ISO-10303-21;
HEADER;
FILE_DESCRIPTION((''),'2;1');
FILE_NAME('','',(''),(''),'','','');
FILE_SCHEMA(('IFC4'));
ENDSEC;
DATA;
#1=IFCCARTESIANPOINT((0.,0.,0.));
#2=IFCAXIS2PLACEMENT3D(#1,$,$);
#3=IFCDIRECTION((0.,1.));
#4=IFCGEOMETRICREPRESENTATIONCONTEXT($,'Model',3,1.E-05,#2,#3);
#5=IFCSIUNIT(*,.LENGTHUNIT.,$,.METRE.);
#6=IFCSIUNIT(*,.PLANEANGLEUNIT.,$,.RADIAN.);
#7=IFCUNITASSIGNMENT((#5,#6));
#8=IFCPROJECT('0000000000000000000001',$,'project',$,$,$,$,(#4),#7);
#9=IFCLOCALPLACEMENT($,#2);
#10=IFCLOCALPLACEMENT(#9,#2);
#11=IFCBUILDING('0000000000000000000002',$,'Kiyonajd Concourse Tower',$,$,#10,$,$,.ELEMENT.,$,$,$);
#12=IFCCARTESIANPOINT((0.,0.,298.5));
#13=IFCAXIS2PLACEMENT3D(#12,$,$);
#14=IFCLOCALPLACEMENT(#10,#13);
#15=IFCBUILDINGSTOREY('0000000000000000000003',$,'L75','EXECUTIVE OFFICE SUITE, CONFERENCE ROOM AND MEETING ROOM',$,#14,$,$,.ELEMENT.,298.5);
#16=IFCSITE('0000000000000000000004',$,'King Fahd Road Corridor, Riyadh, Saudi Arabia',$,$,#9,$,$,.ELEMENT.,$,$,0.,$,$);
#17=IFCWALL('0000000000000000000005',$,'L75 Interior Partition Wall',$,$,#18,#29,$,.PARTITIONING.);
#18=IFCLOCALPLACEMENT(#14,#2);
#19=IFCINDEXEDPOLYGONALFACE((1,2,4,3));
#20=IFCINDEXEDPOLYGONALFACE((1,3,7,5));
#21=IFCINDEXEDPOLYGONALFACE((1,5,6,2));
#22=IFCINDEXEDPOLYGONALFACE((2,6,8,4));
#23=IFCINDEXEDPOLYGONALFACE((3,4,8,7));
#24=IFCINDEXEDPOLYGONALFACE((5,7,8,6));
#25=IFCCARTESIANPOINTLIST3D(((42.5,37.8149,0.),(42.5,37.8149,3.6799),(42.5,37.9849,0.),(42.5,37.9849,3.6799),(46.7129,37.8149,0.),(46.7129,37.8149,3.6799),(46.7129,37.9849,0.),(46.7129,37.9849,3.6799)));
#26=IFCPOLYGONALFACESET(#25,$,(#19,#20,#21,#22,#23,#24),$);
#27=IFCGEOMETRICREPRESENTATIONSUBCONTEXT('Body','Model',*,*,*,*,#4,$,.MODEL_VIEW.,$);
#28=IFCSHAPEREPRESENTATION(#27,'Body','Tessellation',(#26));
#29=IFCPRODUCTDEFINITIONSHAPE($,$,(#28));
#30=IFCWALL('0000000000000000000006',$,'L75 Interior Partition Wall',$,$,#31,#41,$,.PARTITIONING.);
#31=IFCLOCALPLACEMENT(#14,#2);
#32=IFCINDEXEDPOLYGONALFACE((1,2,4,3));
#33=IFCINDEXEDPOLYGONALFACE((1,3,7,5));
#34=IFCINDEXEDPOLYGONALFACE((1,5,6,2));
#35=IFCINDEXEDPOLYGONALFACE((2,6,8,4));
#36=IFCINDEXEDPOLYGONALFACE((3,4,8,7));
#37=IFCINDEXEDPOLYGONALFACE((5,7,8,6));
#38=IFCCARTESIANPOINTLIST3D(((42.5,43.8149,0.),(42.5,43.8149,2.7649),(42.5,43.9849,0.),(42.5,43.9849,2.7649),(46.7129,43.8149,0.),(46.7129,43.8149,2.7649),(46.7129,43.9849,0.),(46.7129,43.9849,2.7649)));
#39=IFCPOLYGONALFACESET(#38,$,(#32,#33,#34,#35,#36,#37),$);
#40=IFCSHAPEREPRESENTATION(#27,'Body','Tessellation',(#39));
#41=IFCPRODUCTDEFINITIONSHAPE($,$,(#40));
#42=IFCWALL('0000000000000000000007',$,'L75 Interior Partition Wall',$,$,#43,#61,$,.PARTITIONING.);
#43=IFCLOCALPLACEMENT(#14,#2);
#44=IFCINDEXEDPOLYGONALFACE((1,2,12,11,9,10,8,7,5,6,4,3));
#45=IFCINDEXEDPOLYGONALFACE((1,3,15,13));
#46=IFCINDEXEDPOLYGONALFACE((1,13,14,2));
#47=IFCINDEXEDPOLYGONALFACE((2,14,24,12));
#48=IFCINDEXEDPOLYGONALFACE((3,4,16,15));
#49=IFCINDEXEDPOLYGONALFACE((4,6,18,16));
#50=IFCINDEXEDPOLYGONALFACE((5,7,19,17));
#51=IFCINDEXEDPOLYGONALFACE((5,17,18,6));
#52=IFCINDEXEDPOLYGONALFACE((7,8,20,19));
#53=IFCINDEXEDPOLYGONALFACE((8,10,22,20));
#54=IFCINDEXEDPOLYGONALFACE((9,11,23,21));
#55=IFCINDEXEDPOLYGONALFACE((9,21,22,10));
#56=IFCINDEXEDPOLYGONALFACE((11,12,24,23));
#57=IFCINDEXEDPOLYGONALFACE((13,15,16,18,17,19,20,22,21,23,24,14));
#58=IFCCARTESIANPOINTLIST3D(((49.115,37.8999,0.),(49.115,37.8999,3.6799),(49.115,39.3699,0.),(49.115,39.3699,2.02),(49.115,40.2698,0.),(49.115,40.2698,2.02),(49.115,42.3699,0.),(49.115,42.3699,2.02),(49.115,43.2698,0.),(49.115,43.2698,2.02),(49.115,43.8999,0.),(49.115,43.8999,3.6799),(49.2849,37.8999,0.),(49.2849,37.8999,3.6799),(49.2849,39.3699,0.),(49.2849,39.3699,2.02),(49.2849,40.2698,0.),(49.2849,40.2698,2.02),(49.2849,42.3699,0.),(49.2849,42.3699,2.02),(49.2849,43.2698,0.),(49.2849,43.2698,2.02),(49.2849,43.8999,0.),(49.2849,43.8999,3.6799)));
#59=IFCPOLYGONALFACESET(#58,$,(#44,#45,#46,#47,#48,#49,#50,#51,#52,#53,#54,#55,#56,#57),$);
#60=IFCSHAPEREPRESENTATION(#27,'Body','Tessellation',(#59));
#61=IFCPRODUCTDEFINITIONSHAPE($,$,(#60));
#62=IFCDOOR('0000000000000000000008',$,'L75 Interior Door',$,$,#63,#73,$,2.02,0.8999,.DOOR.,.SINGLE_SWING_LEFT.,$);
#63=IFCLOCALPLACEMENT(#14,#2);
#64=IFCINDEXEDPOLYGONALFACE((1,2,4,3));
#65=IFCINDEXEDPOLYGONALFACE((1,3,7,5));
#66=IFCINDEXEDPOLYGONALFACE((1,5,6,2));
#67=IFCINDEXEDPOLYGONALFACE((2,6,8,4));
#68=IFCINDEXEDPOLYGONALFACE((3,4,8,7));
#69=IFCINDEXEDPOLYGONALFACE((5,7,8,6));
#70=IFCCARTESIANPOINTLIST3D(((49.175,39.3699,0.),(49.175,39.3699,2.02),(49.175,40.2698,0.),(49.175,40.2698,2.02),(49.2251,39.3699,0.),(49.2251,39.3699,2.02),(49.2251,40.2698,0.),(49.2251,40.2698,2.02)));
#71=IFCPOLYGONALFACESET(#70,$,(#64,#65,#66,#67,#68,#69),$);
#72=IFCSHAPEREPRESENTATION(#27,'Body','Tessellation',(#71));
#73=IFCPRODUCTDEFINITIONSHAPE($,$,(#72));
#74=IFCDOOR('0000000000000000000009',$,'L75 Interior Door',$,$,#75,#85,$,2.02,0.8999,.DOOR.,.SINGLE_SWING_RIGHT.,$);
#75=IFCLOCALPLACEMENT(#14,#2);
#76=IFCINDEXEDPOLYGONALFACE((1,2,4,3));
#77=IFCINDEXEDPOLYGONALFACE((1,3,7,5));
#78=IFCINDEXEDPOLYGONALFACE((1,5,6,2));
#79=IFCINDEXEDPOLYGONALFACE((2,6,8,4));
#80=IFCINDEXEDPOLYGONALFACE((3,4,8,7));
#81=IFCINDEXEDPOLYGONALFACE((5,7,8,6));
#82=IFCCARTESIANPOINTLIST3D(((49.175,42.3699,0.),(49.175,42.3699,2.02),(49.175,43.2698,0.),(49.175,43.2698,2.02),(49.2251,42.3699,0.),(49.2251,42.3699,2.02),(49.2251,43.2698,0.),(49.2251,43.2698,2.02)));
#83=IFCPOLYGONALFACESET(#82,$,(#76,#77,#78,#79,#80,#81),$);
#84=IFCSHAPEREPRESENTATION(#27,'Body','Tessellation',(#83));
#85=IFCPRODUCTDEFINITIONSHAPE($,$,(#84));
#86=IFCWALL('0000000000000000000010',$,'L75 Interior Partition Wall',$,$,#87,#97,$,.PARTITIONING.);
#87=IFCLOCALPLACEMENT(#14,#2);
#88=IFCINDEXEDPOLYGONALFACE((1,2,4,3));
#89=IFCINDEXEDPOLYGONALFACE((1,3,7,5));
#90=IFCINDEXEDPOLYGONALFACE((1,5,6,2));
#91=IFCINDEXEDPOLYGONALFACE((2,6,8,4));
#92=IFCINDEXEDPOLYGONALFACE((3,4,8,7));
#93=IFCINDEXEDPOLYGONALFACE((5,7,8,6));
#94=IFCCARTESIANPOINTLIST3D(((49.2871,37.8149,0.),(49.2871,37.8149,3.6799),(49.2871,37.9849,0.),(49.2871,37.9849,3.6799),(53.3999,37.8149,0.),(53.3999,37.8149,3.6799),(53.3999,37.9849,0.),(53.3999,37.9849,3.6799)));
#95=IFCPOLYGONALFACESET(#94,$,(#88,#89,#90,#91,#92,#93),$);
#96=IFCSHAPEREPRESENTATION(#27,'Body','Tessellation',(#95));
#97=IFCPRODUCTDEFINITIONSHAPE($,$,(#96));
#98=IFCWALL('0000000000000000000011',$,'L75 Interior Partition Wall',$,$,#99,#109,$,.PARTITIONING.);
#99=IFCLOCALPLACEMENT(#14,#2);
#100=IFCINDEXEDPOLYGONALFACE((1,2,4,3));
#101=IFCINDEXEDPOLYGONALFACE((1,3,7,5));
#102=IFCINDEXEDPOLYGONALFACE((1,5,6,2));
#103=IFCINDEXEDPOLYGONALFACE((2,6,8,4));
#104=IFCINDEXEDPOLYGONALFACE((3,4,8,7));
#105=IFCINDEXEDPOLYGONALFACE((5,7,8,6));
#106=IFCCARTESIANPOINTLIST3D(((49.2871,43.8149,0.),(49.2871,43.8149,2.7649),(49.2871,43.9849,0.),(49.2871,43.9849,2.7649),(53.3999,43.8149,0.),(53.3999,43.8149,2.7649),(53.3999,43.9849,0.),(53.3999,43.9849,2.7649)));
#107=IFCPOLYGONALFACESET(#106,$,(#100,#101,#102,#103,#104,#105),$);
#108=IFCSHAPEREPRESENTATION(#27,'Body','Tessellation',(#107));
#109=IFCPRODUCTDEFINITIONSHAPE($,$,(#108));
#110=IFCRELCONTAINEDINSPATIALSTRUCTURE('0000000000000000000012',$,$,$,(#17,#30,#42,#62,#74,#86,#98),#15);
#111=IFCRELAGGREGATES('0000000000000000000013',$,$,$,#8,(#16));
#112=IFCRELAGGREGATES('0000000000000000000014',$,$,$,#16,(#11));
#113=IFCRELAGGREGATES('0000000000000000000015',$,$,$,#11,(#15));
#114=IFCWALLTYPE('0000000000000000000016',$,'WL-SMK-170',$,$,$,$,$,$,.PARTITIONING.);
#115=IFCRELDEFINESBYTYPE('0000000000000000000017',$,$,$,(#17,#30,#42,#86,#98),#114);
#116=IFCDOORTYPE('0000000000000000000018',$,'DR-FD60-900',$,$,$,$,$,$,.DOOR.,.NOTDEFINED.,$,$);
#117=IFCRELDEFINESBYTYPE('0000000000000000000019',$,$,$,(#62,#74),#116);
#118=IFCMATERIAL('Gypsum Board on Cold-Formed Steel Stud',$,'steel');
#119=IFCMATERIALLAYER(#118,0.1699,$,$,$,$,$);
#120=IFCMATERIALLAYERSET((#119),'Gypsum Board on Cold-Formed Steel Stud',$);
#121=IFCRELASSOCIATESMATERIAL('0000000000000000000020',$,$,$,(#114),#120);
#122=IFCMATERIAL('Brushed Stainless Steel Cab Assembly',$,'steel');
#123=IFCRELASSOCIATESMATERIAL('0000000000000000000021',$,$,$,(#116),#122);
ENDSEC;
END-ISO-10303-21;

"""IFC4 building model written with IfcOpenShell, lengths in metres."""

from ifc_helpers import new_model, si_unit, direction, frame, frame_2d, origin, place, context, subcontext, project, spatial, rectangle, extrude, material, layer, layer_set, type_object, element, fill, save


model = new_model("IFC4")

# Units and contexts
model_context = context("Model", 3, precision=1e-05, world=origin(), true_north=direction((0.0, 1.0)))
body_context = subcontext(model_context, "Body", "Model", "MODEL_VIEW")
ifc_project = project(units=[si_unit("LENGTHUNIT", "METRE"), si_unit("PLANEANGLEUNIT", "RADIAN")], contexts=[model_context])

# Site, building, storey
site_placement = place(None, origin())
site = spatial("IfcSite", under=ifc_project, at=site_placement, Name="King Fahd Road Corridor, Riyadh, Saudi Arabia", CompositionType="ELEMENT", RefElevation=0.0)
building_placement = place(site_placement, origin())
building = spatial("IfcBuilding", under=site, at=building_placement, Name="Kiyonajd Concourse Tower", CompositionType="ELEMENT")
storey_placement = place(building_placement, frame((0.0, 0.0, 298.5)))
storey = spatial("IfcBuildingStorey", under=building, at=storey_placement, Name="L75", Description="EXECUTIVE OFFICE SUITE, CONFERENCE ROOM AND MEETING ROOM", CompositionType="ELEMENT", Elevation=298.5)

# Shared definitions
ifc_material_1 = material(Name="Gypsum Board on Cold-Formed Steel Stud", Category="steel")

# Shared definitions
ifc_material_2 = material(Name="Brushed Stainless Steel Cab Assembly", Category="steel")

# Shared definitions
ifc_layer_1 = layer(ifc_material_1, 0.1699)
ifc_layer_set_1 = layer_set([ifc_layer_1], Name="Gypsum Board on Cold-Formed Steel Stud")
wall_type_1 = type_object("IfcWallType", Name="WL-SMK-170", PredefinedType="PARTITIONING", material=ifc_layer_set_1)

# Shared definitions
door_type_1 = type_object("IfcDoorType", Name="DR-FD60-900", OperationType="NOTDEFINED", PredefinedType="DOOR", material=ifc_material_2)

# Walls
wall_1_placement = place(storey_placement, frame((42.5, 37.8999, 0.0), z_axis=(0.0, 0.0, 1.0), x_axis=(1.0, 0.0, 0.0)))
element("IfcWall", 1, at=wall_1_placement, inside=storey, type_object=wall_type_1, Name="L75 Interior Partition Wall", PredefinedType="PARTITIONING", context=body_context, shape_type="SweptSolid", body=[
    extrude(rectangle(XDim=4.2129, YDim=0.1699, at=frame_2d((2.1064, 0.0))), origin(), (0.0, 0.0, 1.0), 3.6799),
])
wall_2_placement = place(storey_placement, frame((42.5, 43.8999, 0.0), z_axis=(0.0, 0.0, 1.0), x_axis=(1.0, 0.0, 0.0)))
element("IfcWall", 2, at=wall_2_placement, inside=storey, type_object=wall_type_1, Name="L75 Interior Partition Wall", PredefinedType="PARTITIONING", context=body_context, shape_type="SweptSolid", body=[
    extrude(rectangle(XDim=4.2129, YDim=0.1699, at=frame_2d((2.1064, 0.0))), origin(), (0.0, 0.0, 1.0), 2.7649),
])

# Wall, openings, doors
wall_3_placement = place(storey_placement, frame((49.2, 37.8999, 0.0), z_axis=(0.0, 0.0, 1.0), x_axis=(0.0, 1.0, 0.0)))
wall_3 = element("IfcWall", 3, at=wall_3_placement, inside=storey, type_object=wall_type_1, Name="L75 Interior Partition Wall", PredefinedType="PARTITIONING", context=body_context, shape_type="SweptSolid", body=[
    extrude(rectangle(XDim=6.0, YDim=0.1699, at=frame_2d((3.0, 0.0))), origin(), (0.0, 0.0, 1.0), 3.6799),
])
opening_1_placement = place(wall_3_placement, frame((1.47, 0.0, 0.0)))
opening_1 = element("IfcOpeningElement", 4, at=opening_1_placement, cuts=wall_3, PredefinedType="OPENING", context=body_context, shape_type="SweptSolid", body=[
    extrude(rectangle(XDim=0.8999, YDim=2.02, at=frame_2d((0.45, 1.01))), frame((0.0, 0.095, 0.0), z_axis=(0.0, -1.0, 0.0), x_axis=(1.0, 0.0, 0.0)), (0.0, 0.0, 1.0), 0.1899),
])
opening_2_placement = place(wall_3_placement, frame((4.47, 0.0, 0.0)))
opening_2 = element("IfcOpeningElement", 5, at=opening_2_placement, cuts=wall_3, PredefinedType="OPENING", context=body_context, shape_type="SweptSolid", body=[
    extrude(rectangle(XDim=0.8999, YDim=2.02, at=frame_2d((0.45, 1.01))), frame((0.0, 0.095, 0.0), z_axis=(0.0, -1.0, 0.0), x_axis=(1.0, 0.0, 0.0)), (0.0, 0.0, 1.0), 0.1899),
])
door_1_placement = place(opening_1_placement, origin())
door_1 = element("IfcDoor", 6, at=door_1_placement, inside=storey, type_object=door_type_1, Name="L75 Interior Door", OperationType="SINGLE_SWING_LEFT", OverallHeight=2.02, OverallWidth=0.8999, PredefinedType="DOOR", context=body_context, shape_type="SweptSolid", body=[
    extrude(rectangle(XDim=0.8999, YDim=2.02, at=frame_2d((0.45, 1.01))), frame((0.0, 0.0249, 0.0), z_axis=(0.0, -1.0, 0.0), x_axis=(1.0, 0.0, 0.0)), (0.0, 0.0, 1.0), 0.05),
])
fill(opening_1, door_1)
door_2_placement = place(opening_2_placement, origin())
door_2 = element("IfcDoor", 7, at=door_2_placement, inside=storey, type_object=door_type_1, Name="L75 Interior Door", OperationType="SINGLE_SWING_RIGHT", OverallHeight=2.02, OverallWidth=0.8999, PredefinedType="DOOR", context=body_context, shape_type="SweptSolid", body=[
    extrude(rectangle(XDim=0.8999, YDim=2.02, at=frame_2d((0.45, 1.01))), frame((0.0, 0.0249, 0.0), z_axis=(0.0, -1.0, 0.0), x_axis=(1.0, 0.0, 0.0)), (0.0, 0.0, 1.0), 0.05),
])
fill(opening_2, door_2)

# Walls
wall_4_placement = place(storey_placement, frame((49.2871, 37.8999, 0.0), z_axis=(0.0, 0.0, 1.0), x_axis=(1.0, 0.0, 0.0)))
element("IfcWall", 8, at=wall_4_placement, inside=storey, type_object=wall_type_1, Name="L75 Interior Partition Wall", PredefinedType="PARTITIONING", context=body_context, shape_type="SweptSolid", body=[
    extrude(rectangle(XDim=4.1128, YDim=0.1699, at=frame_2d((2.0564, 0.0))), origin(), (0.0, 0.0, 1.0), 3.6799),
])
wall_5_placement = place(storey_placement, frame((49.2871, 43.8999, 0.0), z_axis=(0.0, 0.0, 1.0), x_axis=(1.0, 0.0, 0.0)))
element("IfcWall", 9, at=wall_5_placement, inside=storey, type_object=wall_type_1, Name="L75 Interior Partition Wall", PredefinedType="PARTITIONING", context=body_context, shape_type="SweptSolid", body=[
    extrude(rectangle(XDim=4.1128, YDim=0.1699, at=frame_2d((2.0564, 0.0))), origin(), (0.0, 0.0, 1.0), 2.7649),
])

save(model, "model.ifc")
